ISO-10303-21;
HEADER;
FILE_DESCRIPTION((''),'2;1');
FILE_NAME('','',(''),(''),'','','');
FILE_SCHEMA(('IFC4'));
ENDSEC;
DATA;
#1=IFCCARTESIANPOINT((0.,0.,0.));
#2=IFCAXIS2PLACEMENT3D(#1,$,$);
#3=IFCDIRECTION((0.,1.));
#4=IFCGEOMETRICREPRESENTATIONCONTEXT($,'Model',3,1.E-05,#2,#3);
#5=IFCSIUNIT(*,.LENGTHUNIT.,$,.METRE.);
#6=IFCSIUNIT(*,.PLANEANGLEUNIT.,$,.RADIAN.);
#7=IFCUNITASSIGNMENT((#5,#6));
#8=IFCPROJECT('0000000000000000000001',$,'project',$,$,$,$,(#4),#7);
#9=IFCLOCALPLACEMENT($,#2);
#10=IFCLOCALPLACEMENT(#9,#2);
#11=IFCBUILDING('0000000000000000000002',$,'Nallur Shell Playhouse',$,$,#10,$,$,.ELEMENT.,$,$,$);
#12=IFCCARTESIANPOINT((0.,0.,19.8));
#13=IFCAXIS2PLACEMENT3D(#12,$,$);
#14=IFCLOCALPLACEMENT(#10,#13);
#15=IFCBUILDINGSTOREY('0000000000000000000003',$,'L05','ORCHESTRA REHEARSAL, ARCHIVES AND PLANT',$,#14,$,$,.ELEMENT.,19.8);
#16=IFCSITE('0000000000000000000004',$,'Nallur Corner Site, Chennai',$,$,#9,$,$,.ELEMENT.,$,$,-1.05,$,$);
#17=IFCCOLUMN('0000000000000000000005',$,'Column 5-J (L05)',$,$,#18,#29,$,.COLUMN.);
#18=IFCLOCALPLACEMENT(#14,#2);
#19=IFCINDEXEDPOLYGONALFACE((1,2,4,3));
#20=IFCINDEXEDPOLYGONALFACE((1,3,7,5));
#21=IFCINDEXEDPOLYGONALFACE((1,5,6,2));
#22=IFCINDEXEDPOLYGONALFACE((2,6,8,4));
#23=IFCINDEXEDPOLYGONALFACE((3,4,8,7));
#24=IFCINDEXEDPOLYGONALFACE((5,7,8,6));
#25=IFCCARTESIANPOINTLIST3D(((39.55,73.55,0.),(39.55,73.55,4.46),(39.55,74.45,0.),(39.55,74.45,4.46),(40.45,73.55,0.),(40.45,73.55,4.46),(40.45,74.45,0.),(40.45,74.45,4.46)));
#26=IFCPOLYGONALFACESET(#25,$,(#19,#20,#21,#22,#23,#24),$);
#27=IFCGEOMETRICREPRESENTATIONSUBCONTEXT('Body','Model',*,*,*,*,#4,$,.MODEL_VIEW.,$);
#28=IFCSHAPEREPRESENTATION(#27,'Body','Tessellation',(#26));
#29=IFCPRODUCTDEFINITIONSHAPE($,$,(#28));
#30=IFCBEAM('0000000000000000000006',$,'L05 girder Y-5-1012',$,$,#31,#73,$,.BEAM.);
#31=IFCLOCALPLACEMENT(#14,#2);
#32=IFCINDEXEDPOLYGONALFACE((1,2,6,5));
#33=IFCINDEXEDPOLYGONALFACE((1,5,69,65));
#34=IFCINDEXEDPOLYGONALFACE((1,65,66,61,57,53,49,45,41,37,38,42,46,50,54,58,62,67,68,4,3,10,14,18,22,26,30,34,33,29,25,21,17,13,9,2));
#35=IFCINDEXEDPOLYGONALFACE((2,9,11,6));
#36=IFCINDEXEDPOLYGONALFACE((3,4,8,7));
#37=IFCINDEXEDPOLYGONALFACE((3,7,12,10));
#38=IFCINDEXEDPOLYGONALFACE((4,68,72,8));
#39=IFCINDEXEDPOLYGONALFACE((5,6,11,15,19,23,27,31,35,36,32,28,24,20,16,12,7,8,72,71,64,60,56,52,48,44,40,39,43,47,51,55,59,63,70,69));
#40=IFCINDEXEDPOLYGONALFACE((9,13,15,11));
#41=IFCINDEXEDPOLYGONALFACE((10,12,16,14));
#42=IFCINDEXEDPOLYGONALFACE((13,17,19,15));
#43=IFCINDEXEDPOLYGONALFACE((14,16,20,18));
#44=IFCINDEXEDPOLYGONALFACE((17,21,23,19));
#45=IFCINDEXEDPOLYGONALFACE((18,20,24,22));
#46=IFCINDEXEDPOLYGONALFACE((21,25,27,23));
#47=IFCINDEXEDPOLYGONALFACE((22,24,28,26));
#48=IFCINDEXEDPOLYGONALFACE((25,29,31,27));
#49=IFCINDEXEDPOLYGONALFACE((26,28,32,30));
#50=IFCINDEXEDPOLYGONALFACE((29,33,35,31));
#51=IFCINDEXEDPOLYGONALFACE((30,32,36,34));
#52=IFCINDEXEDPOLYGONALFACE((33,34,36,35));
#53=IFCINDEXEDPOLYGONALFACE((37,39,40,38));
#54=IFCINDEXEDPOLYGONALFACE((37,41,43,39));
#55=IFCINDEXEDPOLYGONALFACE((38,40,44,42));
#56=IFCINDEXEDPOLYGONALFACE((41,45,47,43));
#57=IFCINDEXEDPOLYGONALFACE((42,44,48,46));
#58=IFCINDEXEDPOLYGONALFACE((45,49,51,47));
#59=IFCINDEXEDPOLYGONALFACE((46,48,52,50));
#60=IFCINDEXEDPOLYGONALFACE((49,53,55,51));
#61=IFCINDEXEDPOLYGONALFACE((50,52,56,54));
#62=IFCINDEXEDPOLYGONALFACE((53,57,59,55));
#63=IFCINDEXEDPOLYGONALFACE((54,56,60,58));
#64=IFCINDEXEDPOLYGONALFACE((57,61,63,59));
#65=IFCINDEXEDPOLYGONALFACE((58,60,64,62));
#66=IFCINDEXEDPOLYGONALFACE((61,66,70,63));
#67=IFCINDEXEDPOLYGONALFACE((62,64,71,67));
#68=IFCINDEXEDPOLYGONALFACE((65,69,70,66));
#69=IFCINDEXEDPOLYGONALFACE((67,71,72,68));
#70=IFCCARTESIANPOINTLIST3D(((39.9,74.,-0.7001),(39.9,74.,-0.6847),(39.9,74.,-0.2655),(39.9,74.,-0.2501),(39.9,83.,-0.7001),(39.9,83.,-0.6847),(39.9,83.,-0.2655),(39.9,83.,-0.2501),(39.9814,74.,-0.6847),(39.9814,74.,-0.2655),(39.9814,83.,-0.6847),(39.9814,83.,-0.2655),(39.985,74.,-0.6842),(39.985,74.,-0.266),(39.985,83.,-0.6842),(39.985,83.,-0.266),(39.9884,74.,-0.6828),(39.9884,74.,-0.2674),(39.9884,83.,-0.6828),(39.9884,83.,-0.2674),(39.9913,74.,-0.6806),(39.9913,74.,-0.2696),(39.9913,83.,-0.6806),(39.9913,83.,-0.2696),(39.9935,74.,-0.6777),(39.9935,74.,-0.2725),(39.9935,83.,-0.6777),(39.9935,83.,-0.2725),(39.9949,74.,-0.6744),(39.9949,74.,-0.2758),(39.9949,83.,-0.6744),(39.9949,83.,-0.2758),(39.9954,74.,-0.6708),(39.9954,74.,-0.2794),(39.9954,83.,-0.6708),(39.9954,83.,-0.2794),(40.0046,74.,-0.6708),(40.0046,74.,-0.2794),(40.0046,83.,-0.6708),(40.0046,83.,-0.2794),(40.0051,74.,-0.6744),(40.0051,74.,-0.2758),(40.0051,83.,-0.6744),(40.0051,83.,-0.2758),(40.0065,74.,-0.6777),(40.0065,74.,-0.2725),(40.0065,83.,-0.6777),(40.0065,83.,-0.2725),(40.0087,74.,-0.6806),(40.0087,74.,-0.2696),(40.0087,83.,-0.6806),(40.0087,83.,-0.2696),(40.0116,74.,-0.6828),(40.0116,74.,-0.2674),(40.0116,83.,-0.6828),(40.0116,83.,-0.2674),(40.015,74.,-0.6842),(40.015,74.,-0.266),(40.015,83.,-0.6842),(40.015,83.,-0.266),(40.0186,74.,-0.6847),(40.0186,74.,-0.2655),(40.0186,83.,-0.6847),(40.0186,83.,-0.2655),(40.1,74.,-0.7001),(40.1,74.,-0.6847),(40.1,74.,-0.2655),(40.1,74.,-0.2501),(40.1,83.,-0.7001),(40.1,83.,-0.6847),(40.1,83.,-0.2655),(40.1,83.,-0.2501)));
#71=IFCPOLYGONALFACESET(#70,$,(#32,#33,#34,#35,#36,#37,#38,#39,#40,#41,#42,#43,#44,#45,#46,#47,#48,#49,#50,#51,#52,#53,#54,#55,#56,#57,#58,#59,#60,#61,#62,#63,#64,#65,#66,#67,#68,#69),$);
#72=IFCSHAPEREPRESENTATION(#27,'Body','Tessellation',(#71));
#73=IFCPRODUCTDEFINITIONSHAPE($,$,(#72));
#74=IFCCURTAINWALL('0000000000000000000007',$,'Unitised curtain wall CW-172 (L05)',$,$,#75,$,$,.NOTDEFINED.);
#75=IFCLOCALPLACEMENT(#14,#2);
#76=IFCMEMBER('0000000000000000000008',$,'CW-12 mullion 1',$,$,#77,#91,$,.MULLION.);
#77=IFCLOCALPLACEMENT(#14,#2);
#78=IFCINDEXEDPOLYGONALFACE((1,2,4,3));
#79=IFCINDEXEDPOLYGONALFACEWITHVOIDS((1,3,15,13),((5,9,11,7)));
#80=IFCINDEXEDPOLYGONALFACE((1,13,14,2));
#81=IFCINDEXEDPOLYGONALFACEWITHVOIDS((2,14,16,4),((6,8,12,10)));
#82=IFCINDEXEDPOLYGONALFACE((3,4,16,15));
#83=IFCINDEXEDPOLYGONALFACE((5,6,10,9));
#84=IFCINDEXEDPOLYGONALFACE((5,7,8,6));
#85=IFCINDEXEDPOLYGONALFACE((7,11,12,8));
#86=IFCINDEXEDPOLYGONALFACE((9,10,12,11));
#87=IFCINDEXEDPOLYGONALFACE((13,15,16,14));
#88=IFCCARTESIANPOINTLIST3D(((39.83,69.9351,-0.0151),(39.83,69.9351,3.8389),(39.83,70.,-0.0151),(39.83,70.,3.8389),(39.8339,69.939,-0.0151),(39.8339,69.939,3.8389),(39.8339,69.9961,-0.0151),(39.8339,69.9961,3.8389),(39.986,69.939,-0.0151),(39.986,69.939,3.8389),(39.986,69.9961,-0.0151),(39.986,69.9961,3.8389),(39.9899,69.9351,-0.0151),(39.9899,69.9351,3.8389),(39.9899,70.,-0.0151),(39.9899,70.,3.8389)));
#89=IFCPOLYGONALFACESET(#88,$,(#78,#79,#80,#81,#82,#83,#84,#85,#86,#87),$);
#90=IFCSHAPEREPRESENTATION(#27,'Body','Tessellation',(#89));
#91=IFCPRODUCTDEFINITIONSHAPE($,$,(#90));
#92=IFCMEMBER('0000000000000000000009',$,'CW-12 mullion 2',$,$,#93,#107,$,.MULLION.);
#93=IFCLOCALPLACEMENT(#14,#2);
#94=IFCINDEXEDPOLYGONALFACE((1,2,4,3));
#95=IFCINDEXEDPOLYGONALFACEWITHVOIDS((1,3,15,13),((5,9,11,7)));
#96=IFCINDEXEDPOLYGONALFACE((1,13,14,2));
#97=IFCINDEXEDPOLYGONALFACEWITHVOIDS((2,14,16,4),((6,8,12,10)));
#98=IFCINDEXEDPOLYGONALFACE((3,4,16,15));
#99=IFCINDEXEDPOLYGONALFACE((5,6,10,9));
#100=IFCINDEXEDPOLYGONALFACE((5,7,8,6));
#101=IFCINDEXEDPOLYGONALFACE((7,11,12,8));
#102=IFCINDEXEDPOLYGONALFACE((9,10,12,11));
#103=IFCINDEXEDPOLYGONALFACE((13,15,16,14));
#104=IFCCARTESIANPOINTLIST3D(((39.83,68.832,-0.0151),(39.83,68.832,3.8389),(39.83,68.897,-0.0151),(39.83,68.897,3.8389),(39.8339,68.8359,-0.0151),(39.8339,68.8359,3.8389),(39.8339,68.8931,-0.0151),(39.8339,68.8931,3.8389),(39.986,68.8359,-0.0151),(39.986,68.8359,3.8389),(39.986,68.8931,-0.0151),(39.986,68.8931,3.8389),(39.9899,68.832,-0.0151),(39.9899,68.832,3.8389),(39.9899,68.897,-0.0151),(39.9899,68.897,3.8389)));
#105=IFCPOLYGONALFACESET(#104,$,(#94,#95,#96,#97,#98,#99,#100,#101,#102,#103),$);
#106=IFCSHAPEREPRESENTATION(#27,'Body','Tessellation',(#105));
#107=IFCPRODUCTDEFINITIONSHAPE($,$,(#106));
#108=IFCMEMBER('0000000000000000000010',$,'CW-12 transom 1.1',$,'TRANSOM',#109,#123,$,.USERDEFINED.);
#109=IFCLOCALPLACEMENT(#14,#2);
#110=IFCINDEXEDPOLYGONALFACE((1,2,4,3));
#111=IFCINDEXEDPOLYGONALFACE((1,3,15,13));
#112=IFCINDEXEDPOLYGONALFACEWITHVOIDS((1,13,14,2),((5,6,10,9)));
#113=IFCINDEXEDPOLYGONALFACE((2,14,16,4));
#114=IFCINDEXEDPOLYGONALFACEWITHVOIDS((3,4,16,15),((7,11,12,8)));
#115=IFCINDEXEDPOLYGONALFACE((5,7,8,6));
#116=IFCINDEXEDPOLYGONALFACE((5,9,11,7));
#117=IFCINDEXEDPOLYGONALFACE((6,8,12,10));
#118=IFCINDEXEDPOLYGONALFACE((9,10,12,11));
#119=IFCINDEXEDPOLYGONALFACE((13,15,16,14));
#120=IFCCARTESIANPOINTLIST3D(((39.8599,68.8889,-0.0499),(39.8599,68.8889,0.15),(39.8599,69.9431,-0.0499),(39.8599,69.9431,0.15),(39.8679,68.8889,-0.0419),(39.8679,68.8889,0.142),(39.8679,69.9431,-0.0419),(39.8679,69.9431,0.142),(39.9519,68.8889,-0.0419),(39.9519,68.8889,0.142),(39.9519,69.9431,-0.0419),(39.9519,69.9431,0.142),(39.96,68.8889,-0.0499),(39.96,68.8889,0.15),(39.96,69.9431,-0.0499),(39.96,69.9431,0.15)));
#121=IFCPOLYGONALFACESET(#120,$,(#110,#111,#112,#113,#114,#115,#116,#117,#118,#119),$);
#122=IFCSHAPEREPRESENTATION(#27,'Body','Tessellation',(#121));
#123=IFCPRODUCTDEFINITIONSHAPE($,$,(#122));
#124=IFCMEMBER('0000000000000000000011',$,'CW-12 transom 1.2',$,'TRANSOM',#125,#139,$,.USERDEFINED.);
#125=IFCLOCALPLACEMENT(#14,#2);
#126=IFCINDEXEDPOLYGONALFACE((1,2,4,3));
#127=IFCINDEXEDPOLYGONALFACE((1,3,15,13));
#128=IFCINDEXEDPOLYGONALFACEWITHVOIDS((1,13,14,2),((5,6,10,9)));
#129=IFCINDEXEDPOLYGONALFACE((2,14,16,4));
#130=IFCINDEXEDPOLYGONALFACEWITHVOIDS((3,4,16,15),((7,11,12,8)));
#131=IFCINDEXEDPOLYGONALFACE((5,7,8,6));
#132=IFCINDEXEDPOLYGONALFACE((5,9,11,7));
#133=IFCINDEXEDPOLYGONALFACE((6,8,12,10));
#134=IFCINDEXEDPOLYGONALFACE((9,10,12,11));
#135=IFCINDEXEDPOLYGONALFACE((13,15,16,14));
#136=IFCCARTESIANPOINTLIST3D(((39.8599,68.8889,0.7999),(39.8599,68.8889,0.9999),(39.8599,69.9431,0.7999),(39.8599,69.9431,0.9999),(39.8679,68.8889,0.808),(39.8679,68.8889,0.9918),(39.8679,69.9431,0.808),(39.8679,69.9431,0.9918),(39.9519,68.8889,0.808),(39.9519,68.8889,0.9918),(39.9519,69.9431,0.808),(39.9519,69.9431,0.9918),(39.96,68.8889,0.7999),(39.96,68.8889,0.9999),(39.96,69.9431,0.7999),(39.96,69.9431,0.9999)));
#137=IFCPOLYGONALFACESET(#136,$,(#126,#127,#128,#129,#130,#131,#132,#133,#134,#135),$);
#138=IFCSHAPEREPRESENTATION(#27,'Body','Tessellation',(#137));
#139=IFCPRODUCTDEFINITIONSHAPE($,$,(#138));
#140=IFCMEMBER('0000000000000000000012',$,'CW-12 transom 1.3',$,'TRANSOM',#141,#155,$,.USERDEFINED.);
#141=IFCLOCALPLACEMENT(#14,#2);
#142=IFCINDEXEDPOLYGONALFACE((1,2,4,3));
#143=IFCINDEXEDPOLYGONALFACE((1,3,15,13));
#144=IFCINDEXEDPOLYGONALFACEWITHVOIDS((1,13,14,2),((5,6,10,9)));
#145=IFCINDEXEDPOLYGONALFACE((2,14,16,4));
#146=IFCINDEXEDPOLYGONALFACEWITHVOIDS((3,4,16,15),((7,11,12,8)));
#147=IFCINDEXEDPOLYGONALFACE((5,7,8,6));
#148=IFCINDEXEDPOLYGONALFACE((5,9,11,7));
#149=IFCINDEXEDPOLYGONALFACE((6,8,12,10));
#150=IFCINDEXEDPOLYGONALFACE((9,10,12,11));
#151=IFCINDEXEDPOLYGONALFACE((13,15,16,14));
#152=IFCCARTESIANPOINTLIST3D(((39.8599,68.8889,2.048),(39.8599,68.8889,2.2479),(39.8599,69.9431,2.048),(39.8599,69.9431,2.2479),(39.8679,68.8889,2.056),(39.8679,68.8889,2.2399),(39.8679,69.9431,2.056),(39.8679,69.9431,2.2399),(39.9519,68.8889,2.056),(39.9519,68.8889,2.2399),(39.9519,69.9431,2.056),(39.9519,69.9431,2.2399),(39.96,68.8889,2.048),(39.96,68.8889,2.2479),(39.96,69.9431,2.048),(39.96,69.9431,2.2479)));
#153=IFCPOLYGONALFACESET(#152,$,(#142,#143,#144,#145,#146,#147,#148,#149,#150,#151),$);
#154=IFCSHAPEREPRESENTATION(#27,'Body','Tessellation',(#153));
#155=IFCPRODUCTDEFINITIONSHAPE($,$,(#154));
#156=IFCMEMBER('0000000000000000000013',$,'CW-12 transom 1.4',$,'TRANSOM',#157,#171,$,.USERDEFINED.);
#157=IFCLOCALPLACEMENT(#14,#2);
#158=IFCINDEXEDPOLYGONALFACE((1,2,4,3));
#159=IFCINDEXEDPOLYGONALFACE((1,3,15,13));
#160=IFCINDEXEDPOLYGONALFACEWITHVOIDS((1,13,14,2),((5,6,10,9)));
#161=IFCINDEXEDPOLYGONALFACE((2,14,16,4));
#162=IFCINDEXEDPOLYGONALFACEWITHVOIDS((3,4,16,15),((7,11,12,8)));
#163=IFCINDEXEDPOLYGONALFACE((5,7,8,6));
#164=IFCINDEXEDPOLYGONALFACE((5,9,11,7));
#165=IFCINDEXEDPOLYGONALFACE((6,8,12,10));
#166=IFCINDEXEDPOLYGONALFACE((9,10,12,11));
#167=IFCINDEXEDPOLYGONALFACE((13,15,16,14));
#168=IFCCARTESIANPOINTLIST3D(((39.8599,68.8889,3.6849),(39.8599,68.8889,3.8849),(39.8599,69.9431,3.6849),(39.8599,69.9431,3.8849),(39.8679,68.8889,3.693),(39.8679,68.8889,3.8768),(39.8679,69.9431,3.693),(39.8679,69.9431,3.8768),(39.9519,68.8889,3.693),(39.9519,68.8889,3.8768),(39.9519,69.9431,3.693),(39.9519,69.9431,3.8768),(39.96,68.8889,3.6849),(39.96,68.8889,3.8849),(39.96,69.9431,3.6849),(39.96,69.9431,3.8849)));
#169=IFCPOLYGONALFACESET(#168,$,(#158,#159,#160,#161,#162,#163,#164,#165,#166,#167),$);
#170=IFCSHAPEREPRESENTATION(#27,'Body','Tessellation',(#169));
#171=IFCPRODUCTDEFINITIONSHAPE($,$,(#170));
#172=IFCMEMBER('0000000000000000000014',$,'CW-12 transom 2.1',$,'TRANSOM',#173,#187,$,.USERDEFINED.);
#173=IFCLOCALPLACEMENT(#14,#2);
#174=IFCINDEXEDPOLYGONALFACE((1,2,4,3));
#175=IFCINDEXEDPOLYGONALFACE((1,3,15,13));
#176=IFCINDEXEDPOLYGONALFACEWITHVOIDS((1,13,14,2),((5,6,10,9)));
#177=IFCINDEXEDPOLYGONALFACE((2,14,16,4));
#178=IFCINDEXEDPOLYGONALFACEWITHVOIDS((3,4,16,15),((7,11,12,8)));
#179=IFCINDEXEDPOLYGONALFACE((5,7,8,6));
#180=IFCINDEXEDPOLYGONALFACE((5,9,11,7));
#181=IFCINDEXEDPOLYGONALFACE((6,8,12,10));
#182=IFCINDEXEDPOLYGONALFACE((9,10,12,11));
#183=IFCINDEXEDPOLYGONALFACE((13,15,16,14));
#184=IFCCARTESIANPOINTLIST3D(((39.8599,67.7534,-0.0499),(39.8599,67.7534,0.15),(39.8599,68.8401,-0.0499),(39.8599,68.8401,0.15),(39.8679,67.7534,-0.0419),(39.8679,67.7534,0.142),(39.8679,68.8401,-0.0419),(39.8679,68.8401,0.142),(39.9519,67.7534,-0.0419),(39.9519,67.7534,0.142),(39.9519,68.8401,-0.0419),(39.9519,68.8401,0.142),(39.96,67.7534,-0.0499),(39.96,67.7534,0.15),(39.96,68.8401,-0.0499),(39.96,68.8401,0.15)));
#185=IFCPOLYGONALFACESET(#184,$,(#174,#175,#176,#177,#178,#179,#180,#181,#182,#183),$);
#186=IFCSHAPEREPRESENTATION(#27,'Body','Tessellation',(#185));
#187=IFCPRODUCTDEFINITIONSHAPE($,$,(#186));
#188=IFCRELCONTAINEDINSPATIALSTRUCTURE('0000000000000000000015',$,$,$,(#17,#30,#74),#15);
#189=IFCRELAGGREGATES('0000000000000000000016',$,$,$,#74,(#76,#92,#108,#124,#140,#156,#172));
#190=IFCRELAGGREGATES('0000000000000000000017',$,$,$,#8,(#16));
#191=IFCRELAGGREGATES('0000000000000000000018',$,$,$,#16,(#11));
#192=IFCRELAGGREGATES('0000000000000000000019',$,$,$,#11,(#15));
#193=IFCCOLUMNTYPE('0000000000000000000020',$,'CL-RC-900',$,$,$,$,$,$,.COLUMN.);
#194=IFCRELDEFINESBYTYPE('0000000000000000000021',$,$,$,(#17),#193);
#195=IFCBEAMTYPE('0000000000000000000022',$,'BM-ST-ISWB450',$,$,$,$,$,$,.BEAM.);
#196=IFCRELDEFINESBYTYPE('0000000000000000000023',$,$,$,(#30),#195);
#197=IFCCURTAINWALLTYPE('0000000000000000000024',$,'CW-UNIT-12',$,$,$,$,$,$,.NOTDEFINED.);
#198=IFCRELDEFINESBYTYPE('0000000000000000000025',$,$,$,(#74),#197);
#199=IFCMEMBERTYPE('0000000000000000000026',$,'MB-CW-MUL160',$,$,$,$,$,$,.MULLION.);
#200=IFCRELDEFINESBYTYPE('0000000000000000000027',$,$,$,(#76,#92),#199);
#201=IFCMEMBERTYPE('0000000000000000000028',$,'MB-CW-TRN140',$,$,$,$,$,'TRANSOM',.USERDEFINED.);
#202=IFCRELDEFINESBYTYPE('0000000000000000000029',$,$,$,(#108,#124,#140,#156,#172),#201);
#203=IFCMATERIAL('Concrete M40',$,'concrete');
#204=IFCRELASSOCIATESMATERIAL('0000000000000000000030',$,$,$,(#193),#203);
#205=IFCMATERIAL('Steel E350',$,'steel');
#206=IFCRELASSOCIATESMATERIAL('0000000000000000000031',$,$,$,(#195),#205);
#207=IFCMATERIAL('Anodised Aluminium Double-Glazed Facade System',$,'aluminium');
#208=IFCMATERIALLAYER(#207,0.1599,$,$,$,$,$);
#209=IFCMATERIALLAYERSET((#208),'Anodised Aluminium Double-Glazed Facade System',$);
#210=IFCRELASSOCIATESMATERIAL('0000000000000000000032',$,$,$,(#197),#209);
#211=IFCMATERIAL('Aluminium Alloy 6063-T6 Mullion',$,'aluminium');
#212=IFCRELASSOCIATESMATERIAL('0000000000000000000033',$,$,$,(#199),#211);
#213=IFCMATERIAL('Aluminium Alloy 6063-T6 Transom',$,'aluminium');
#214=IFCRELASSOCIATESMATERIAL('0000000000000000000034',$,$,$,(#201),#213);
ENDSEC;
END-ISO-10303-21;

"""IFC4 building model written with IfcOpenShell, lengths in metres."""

from ifc_helpers import new_model, si_unit, direction, frame, origin, origin_2d, place, context, subcontext, project, spatial, rectangle, hollow_rectangle, i_section, extrude, material, layer, layer_set, material_profile, profile_set, type_object, element, aggregate, save


model = new_model("IFC4")

# Units and contexts
model_context = context("Model", 3, precision=1e-05, world=origin(), true_north=direction((0.0, 1.0)))
body_context = subcontext(model_context, "Body", "Model", "MODEL_VIEW")
ifc_project = project(units=[si_unit("LENGTHUNIT", "METRE"), si_unit("PLANEANGLEUNIT", "RADIAN")], contexts=[model_context])

# Site, building, storey
site_placement = place(None, origin())
site = spatial("IfcSite", under=ifc_project, at=site_placement, Name="Nallur Corner Site, Chennai", CompositionType="ELEMENT", RefElevation=-1.05)
building_placement = place(site_placement, origin())
building = spatial("IfcBuilding", under=site, at=building_placement, Name="Nallur Shell Playhouse", CompositionType="ELEMENT")
storey_placement = place(building_placement, frame((0.0, 0.0, 19.8)))
storey = spatial("IfcBuildingStorey", under=building, at=storey_placement, Name="L05", Description="ORCHESTRA REHEARSAL, ARCHIVES AND PLANT", CompositionType="ELEMENT", Elevation=19.8)

# Column
ifc_material_1 = material(Name="Concrete M40", Category="concrete")
ifc_material_profile_1 = material_profile(ifc_material_1, rectangle(XDim=0.8999, YDim=0.8999, at=origin_2d()), Name="RC 900x900")
ifc_profile_set_1 = profile_set([ifc_material_profile_1], Name="Concrete M40")
column_type = type_object("IfcColumnType", Name="CL-RC-900", PredefinedType="COLUMN", material=ifc_profile_set_1)
column_placement = place(storey_placement, frame((40.0, 74.0, 0.0), z_axis=(0.0, 0.0, 1.0), x_axis=(1.0, 0.0, 0.0)))
element("IfcColumn", 1, at=column_placement, inside=storey, type_object=column_type, Name="Column 5-J (L05)", PredefinedType="COLUMN", context=body_context, shape_type="SweptSolid", body=[
    extrude(rectangle(XDim=0.8999, YDim=0.8999, at=origin_2d()), origin(), (0.0, 0.0, 1.0), 4.46),
])

# Beam
ifc_material_2 = material(Name="Steel E350", Category="steel")
ifc_material_profile_2 = material_profile(ifc_material_2, i_section(OverallWidth=0.2, OverallDepth=0.45, WebThickness=0.0093, FlangeThickness=0.0154, FilletRadius=0.0139, at=origin_2d()), Name="ISWB 450")
ifc_profile_set_2 = profile_set([ifc_material_profile_2], Name="Steel E350")
beam_type = type_object("IfcBeamType", Name="BM-ST-ISWB450", PredefinedType="BEAM", material=ifc_profile_set_2)
beam_placement = place(storey_placement, frame((40.0, 74.0, -0.4751), z_axis=(0.0, 1.0, 0.0), x_axis=(-1.0, 0.0, 0.0)))
element("IfcBeam", 2, at=beam_placement, inside=storey, type_object=beam_type, Name="L05 girder Y-5-1012", PredefinedType="BEAM", context=body_context, shape_type="SweptSolid", body=[
    extrude(i_section(OverallWidth=0.2, OverallDepth=0.45, WebThickness=0.0093, FlangeThickness=0.0154, FilletRadius=0.0139, at=origin_2d()), origin(), (0.0, 0.0, 1.0), 9.0),
])

# Curtain wall, members
ifc_material_3 = material(Name="Anodised Aluminium Double-Glazed Facade System", Category="aluminium")
ifc_layer_1 = layer(ifc_material_3, 0.1599)
ifc_layer_set_1 = layer_set([ifc_layer_1], Name="Anodised Aluminium Double-Glazed Facade System")
curtain_wall_type = type_object("IfcCurtainWallType", Name="CW-UNIT-12", PredefinedType="NOTDEFINED", material=ifc_layer_set_1)
curtain_wall_placement = place(storey_placement, origin())
curtain_wall = element("IfcCurtainWall", 3, at=curtain_wall_placement, inside=storey, type_object=curtain_wall_type, Name="Unitised curtain wall CW-172 (L05)", PredefinedType="NOTDEFINED")
ifc_material_4 = material(Name="Aluminium Alloy 6063-T6 Mullion", Category="aluminium")
ifc_material_profile_3 = material_profile(ifc_material_4, hollow_rectangle(XDim=0.0649, YDim=0.1599, WallThickness=0.0039, at=origin_2d()), Name="ALU 65x160x4")
ifc_profile_set_3 = profile_set([ifc_material_profile_3], Name="Aluminium Alloy 6063-T6 Mullion")
member_type_1 = type_object("IfcMemberType", Name="MB-CW-MUL160", PredefinedType="MULLION", material=ifc_profile_set_3)
member_1_placement = place(storey_placement, frame((39.9099, 69.9675, -0.0151), z_axis=(0.0, 0.0, 1.0), x_axis=(0.0, -1.0, 0.0)))
member_1 = element("IfcMember", 4, at=member_1_placement, type_object=member_type_1, Name="CW-12 mullion 1", PredefinedType="MULLION", context=body_context, shape_type="SweptSolid", body=[
    extrude(hollow_rectangle(XDim=0.0649, YDim=0.1599, WallThickness=0.0039, at=origin_2d()), origin(), (0.0, 0.0, 1.0), 3.854),
])
member_2_placement = place(storey_placement, frame((39.9099, 68.8645, -0.0151), z_axis=(0.0, 0.0, 1.0), x_axis=(0.0, -1.0, 0.0)))
member_2 = element("IfcMember", 5, at=member_2_placement, type_object=member_type_1, Name="CW-12 mullion 2", PredefinedType="MULLION", context=body_context, shape_type="SweptSolid", body=[
    extrude(hollow_rectangle(XDim=0.0649, YDim=0.1599, WallThickness=0.0039, at=origin_2d()), origin(), (0.0, 0.0, 1.0), 3.854),
])
ifc_material_5 = material(Name="Aluminium Alloy 6063-T6 Transom", Category="aluminium")
ifc_material_profile_4 = material_profile(ifc_material_5, hollow_rectangle(XDim=0.1001, YDim=0.2, WallThickness=0.0081, at=origin_2d()), Name="RHS 200x100x8")
ifc_profile_set_4 = profile_set([ifc_material_profile_4], Name="Aluminium Alloy 6063-T6 Transom")
member_type_2 = type_object("IfcMemberType", Name="MB-CW-TRN140", ElementType="TRANSOM", PredefinedType="USERDEFINED", material=ifc_profile_set_4)
member_3_placement = place(storey_placement, frame((39.9099, 69.9431, 0.05), z_axis=(0.0, -1.0, 0.0), x_axis=(1.0, 0.0, 0.0)))
member_3 = element("IfcMember", 6, at=member_3_placement, type_object=member_type_2, Name="CW-12 transom 1.1", ObjectType="TRANSOM", PredefinedType="USERDEFINED", context=body_context, shape_type="SweptSolid", body=[
    extrude(hollow_rectangle(XDim=0.1001, YDim=0.2, WallThickness=0.0081, at=origin_2d()), origin(), (0.0, 0.0, 1.0), 1.0542),
])
member_4_placement = place(storey_placement, frame((39.9099, 69.9431, 0.8999), z_axis=(0.0, -1.0, 0.0), x_axis=(1.0, 0.0, 0.0)))
member_4 = element("IfcMember", 7, at=member_4_placement, type_object=member_type_2, Name="CW-12 transom 1.2", ObjectType="TRANSOM", PredefinedType="USERDEFINED", context=body_context, shape_type="SweptSolid", body=[
    extrude(hollow_rectangle(XDim=0.1001, YDim=0.2, WallThickness=0.0081, at=origin_2d()), origin(), (0.0, 0.0, 1.0), 1.0542),
])
member_5_placement = place(storey_placement, frame((39.9099, 69.9431, 2.1479), z_axis=(0.0, -1.0, 0.0), x_axis=(1.0, 0.0, 0.0)))
member_5 = element("IfcMember", 8, at=member_5_placement, type_object=member_type_2, Name="CW-12 transom 1.3", ObjectType="TRANSOM", PredefinedType="USERDEFINED", context=body_context, shape_type="SweptSolid", body=[
    extrude(hollow_rectangle(XDim=0.1001, YDim=0.2, WallThickness=0.0081, at=origin_2d()), origin(), (0.0, 0.0, 1.0), 1.0542),
])
member_6_placement = place(storey_placement, frame((39.9099, 69.9431, 3.7849), z_axis=(0.0, -1.0, 0.0), x_axis=(1.0, 0.0, 0.0)))
member_6 = element("IfcMember", 9, at=member_6_placement, type_object=member_type_2, Name="CW-12 transom 1.4", ObjectType="TRANSOM", PredefinedType="USERDEFINED", context=body_context, shape_type="SweptSolid", body=[
    extrude(hollow_rectangle(XDim=0.1001, YDim=0.2, WallThickness=0.0081, at=origin_2d()), origin(), (0.0, 0.0, 1.0), 1.0542),
])
member_7_placement = place(storey_placement, frame((39.9099, 68.8401, 0.05), z_axis=(0.0, -1.0, 0.0), x_axis=(1.0, 0.0, 0.0)))
member_7 = element("IfcMember", 10, at=member_7_placement, type_object=member_type_2, Name="CW-12 transom 2.1", ObjectType="TRANSOM", PredefinedType="USERDEFINED", context=body_context, shape_type="SweptSolid", body=[
    extrude(hollow_rectangle(XDim=0.1001, YDim=0.2, WallThickness=0.0081, at=origin_2d()), origin(), (0.0, 0.0, 1.0), 1.0867),
])
aggregate(curtain_wall, [member_1, member_2, member_3, member_4, member_5, member_6, member_7])

save(model, "model.ifc")
